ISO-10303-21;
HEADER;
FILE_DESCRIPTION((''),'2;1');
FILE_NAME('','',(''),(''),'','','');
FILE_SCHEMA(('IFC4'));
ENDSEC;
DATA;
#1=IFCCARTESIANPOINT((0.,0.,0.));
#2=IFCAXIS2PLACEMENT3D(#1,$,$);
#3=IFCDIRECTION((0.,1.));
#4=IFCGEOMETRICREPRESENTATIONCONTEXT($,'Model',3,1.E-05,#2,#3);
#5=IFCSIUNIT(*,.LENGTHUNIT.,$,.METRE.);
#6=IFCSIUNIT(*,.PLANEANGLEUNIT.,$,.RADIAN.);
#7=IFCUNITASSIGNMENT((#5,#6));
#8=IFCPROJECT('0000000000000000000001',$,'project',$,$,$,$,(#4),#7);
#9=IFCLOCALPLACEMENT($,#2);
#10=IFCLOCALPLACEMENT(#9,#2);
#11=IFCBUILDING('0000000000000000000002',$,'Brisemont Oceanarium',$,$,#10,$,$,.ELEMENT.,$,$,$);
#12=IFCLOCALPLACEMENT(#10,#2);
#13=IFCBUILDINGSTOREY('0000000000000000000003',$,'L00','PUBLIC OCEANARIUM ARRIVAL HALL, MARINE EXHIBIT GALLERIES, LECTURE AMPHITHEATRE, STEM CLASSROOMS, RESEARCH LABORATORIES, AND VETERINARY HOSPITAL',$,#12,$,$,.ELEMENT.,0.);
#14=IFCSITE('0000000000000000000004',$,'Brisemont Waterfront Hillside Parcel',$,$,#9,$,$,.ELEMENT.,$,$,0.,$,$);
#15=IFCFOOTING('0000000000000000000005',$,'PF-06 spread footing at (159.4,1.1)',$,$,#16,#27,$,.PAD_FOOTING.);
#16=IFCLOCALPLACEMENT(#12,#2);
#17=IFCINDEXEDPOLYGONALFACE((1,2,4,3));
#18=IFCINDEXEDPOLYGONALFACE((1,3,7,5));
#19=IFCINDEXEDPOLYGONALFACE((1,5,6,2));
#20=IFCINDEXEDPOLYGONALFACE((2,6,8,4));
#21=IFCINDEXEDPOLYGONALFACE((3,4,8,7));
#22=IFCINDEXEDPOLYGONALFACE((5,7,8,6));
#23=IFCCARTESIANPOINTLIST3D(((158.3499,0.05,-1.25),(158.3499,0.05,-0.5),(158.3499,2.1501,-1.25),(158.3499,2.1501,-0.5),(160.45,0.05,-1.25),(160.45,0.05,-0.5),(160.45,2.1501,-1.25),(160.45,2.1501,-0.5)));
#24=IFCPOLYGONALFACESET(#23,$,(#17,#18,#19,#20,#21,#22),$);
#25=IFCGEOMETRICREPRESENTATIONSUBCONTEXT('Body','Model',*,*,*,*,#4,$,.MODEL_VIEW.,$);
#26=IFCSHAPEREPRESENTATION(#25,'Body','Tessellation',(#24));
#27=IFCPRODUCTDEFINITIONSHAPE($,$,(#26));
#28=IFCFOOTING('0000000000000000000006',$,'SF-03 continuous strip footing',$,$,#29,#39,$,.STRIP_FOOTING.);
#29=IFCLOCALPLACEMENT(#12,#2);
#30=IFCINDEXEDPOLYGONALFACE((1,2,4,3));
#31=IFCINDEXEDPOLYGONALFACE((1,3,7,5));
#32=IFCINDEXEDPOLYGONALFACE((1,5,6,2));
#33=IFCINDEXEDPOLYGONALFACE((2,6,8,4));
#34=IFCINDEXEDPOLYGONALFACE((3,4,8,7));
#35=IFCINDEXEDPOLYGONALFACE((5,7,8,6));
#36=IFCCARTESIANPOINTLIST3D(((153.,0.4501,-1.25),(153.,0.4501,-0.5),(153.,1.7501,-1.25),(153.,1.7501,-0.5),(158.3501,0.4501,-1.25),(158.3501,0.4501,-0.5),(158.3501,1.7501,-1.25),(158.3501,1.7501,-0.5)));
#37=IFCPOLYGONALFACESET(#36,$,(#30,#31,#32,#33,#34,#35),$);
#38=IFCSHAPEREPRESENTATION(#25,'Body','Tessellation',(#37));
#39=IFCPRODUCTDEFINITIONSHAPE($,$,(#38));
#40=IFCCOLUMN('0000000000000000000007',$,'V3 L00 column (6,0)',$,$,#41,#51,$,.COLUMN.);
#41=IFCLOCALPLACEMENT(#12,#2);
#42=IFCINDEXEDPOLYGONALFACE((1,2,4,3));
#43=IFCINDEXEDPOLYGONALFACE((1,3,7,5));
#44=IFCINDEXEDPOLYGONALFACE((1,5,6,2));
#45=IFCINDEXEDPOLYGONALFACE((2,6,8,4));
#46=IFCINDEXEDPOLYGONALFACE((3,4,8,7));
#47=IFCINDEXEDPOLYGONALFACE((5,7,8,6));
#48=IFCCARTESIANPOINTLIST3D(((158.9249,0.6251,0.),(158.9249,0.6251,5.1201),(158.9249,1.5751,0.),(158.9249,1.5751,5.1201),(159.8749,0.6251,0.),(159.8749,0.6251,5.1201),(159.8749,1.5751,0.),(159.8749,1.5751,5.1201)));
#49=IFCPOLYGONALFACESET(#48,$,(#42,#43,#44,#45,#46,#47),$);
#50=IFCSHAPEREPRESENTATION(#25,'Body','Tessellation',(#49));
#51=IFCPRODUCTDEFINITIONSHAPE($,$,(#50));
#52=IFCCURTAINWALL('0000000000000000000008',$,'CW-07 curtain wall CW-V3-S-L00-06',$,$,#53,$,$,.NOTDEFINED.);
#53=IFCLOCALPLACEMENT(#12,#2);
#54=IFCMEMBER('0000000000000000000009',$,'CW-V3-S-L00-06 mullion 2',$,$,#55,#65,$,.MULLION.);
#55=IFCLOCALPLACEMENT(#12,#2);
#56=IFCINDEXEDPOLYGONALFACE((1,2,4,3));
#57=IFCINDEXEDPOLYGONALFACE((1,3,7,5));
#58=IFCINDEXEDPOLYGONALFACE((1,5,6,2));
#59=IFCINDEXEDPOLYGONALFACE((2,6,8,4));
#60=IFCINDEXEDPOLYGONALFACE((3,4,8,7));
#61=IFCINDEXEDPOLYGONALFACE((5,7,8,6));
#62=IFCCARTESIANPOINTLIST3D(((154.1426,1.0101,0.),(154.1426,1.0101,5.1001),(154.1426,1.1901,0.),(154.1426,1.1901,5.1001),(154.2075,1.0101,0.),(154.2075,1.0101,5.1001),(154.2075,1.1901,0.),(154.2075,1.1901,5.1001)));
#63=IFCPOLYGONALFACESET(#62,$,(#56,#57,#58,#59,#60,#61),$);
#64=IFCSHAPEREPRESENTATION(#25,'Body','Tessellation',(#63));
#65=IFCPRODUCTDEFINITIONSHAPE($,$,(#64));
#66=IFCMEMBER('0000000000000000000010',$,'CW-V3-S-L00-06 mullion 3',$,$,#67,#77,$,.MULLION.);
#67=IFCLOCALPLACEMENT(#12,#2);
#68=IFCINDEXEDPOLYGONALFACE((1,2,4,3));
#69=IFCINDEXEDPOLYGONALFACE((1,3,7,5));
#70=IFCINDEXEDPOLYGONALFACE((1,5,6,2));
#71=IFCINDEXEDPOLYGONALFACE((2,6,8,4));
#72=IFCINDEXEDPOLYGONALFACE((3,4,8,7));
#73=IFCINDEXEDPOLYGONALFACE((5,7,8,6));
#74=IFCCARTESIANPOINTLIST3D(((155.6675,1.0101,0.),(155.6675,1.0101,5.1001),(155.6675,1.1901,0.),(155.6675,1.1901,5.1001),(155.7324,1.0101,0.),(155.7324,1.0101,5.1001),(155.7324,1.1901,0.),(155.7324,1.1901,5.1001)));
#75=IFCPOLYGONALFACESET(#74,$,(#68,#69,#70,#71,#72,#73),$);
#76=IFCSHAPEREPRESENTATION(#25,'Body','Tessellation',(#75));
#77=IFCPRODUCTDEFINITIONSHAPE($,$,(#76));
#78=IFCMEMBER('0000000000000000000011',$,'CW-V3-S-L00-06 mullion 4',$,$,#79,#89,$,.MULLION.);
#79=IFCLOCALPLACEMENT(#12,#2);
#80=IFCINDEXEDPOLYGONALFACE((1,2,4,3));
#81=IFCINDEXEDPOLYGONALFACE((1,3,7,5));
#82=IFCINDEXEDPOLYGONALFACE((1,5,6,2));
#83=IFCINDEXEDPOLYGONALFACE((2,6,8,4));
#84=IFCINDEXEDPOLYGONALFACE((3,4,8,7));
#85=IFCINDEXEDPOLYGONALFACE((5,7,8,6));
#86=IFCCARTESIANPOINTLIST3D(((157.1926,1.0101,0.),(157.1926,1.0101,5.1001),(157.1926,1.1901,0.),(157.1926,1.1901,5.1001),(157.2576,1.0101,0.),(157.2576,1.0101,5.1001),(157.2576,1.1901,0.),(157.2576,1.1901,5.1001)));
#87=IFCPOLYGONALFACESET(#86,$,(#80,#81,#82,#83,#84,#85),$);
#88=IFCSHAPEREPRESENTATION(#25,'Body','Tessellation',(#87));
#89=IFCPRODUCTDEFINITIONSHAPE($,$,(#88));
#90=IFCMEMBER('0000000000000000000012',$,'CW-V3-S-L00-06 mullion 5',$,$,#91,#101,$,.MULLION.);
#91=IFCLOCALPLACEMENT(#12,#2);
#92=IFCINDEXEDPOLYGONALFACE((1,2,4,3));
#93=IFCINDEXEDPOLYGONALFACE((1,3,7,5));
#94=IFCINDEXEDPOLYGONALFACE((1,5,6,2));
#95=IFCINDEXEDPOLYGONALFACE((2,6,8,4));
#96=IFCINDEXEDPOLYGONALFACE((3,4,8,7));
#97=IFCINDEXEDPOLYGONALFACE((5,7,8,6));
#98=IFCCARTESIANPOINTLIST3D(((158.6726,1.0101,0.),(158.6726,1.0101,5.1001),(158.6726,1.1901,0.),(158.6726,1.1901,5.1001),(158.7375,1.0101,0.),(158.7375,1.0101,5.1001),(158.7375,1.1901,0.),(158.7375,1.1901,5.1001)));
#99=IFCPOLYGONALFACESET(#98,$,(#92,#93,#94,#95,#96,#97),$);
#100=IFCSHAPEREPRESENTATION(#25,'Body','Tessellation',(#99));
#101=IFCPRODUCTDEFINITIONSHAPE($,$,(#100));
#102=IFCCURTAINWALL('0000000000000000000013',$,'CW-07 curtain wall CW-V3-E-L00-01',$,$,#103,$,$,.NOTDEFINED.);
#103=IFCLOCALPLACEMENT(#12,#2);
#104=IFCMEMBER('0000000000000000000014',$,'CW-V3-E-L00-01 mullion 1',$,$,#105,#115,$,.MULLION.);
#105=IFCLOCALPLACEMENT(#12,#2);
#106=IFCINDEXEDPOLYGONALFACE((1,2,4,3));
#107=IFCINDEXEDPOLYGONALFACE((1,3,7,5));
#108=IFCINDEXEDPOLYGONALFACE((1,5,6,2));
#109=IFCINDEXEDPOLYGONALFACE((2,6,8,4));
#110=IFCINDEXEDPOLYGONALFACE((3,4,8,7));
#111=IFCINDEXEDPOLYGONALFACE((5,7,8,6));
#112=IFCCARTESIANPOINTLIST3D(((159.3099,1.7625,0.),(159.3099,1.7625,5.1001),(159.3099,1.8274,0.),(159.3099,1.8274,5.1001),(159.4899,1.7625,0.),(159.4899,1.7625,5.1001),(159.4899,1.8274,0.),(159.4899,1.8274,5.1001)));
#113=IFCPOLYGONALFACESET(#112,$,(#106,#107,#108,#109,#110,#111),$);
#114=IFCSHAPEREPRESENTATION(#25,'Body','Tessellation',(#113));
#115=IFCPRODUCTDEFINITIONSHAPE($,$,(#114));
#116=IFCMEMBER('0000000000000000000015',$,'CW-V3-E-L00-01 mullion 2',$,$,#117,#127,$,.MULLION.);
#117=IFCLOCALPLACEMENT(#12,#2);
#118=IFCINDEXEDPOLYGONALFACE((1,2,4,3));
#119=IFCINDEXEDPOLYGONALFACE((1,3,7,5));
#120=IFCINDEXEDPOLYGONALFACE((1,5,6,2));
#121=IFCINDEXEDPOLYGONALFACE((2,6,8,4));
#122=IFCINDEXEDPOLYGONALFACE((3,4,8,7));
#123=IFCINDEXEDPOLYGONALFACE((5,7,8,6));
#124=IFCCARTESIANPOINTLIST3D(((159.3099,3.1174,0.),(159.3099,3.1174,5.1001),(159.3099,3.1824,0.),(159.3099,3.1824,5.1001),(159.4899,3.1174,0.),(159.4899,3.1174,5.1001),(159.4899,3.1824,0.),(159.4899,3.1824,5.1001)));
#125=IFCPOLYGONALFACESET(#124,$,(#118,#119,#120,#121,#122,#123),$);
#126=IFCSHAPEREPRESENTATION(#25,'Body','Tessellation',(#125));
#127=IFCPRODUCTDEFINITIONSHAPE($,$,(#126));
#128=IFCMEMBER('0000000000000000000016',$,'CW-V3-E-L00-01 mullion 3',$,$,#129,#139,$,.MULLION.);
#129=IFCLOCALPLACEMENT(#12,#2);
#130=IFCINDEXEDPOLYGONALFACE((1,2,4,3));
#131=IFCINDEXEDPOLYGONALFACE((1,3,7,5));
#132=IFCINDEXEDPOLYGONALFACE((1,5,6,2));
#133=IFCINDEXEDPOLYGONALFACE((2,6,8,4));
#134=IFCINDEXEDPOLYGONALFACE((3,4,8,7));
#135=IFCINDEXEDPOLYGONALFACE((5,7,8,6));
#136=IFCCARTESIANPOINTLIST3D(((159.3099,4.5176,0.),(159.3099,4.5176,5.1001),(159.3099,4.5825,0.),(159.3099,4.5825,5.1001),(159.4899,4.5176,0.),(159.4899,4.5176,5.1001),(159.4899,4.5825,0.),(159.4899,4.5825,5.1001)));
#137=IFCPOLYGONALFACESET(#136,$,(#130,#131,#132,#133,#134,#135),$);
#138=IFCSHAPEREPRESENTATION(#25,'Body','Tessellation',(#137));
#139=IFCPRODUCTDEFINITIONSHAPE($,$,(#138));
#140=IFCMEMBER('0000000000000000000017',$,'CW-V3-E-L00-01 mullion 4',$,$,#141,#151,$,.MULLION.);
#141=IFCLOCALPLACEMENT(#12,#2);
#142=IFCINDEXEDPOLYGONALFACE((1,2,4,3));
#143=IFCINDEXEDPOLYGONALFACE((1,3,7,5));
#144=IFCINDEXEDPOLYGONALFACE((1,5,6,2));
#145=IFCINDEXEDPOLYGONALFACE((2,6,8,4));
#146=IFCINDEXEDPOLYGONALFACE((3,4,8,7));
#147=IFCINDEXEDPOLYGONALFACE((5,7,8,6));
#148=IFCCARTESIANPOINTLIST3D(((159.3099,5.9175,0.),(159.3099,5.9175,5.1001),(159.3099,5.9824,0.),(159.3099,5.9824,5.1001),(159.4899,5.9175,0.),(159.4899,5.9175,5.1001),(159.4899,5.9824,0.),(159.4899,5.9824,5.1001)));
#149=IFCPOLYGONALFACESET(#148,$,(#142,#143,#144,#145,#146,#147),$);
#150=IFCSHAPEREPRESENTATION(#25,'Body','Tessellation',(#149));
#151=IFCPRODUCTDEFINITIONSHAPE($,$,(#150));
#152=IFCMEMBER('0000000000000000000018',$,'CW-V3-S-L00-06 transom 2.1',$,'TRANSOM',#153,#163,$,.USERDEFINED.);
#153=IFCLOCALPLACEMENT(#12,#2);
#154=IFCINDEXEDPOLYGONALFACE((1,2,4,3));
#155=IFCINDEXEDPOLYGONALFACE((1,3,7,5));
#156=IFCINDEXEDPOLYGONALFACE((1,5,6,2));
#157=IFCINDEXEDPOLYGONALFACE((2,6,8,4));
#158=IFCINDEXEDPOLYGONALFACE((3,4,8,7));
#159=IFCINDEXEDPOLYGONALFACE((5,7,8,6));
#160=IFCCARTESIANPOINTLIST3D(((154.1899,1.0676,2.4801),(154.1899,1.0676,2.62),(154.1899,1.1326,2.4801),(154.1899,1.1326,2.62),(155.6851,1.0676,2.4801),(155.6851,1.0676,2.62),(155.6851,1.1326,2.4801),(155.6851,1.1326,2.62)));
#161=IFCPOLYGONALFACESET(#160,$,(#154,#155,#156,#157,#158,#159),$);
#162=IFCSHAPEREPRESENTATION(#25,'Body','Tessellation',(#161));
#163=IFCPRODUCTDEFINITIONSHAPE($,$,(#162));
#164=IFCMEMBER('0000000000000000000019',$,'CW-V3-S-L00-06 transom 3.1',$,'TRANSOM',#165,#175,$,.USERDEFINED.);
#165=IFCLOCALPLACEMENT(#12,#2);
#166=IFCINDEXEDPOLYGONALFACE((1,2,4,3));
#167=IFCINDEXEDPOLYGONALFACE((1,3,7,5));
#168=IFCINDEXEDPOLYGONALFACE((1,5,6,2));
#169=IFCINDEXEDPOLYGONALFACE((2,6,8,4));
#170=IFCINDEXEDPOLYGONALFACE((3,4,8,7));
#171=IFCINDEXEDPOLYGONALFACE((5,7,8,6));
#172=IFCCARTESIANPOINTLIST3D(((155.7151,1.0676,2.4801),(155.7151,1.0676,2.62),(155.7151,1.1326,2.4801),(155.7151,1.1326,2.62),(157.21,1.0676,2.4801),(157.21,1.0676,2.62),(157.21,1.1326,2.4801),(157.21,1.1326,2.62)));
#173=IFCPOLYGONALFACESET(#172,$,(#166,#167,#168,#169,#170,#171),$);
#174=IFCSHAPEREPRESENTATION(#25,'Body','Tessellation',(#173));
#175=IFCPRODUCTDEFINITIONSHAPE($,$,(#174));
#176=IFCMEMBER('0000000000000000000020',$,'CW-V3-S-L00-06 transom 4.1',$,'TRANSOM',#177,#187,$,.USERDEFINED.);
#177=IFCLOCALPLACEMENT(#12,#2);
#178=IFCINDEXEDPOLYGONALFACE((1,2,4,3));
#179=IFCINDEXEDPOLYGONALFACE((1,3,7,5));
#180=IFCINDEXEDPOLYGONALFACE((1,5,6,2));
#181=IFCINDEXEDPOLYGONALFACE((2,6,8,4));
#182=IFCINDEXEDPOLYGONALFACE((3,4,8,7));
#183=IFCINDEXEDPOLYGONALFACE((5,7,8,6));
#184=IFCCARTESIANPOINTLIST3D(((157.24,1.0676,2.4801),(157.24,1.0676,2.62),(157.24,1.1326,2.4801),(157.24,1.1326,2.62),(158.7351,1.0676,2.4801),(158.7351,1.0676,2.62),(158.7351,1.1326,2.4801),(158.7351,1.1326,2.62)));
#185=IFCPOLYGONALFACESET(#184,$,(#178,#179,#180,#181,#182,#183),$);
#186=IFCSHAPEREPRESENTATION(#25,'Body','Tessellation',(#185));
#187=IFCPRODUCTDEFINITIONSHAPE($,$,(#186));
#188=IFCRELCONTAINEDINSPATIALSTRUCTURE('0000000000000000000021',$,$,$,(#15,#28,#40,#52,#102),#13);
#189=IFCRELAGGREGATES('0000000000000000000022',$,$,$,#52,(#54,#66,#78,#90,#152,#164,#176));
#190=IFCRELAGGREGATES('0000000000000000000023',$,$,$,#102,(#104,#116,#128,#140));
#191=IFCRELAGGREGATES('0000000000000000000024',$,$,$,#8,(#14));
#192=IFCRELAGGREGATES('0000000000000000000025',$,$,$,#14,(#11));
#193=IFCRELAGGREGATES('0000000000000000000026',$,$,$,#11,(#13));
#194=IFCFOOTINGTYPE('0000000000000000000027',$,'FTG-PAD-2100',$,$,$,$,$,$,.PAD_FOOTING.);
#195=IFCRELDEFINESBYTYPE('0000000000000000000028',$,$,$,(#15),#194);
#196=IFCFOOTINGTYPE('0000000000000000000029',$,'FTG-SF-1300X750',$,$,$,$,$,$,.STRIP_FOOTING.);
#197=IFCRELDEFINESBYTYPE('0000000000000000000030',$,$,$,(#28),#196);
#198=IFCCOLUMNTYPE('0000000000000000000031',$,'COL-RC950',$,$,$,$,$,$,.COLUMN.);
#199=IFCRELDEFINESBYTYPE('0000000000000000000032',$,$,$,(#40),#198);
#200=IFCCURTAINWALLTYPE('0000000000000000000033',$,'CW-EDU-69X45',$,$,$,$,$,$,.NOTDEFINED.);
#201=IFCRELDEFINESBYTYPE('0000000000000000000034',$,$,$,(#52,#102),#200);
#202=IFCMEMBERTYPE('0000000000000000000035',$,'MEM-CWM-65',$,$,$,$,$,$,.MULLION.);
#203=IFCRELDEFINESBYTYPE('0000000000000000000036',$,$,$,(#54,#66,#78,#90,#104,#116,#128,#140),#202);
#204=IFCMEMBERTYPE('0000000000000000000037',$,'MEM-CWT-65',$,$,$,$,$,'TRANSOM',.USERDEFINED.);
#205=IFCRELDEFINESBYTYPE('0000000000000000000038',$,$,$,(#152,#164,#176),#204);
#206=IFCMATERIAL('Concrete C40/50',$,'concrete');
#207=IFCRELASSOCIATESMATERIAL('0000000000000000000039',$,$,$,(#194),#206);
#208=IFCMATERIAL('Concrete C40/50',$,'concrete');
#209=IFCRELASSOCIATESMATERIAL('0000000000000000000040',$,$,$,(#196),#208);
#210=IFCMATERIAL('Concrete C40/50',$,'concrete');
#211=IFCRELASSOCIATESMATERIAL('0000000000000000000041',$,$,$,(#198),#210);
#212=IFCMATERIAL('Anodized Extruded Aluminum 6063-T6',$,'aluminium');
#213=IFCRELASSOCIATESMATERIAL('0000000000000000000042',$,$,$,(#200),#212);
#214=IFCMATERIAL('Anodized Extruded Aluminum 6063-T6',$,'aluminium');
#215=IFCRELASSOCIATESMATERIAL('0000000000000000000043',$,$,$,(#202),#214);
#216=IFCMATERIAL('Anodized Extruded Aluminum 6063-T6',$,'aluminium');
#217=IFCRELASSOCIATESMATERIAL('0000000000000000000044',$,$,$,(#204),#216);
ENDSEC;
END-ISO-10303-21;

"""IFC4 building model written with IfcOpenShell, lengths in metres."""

from ifc_helpers import new_model, si_unit, direction, frame, origin, origin_2d, place, context, subcontext, project, spatial, rectangle, extrude, material, material_profile, profile_set, type_object, element, aggregate, save


model = new_model("IFC4")

# Units and contexts
model_context = context("Model", 3, precision=1e-05, world=origin(), true_north=direction((0.0, 1.0)))
body_context = subcontext(model_context, "Body", "Model", "MODEL_VIEW")
ifc_project = project(units=[si_unit("LENGTHUNIT", "METRE"), si_unit("PLANEANGLEUNIT", "RADIAN")], contexts=[model_context])

# Site, building, storey
site_placement = place(None, origin())
site = spatial("IfcSite", under=ifc_project, at=site_placement, Name="Brisemont Waterfront Hillside Parcel", CompositionType="ELEMENT", RefElevation=0.0)
building_placement = place(site_placement, origin())
building = spatial("IfcBuilding", under=site, at=building_placement, Name="Brisemont Oceanarium", CompositionType="ELEMENT")
storey_placement = place(building_placement, origin())
storey = spatial("IfcBuildingStorey", under=building, at=storey_placement, Name="L00", Description="PUBLIC OCEANARIUM ARRIVAL HALL, MARINE EXHIBIT GALLERIES, LECTURE AMPHITHEATRE, STEM CLASSROOMS, RESEARCH LABORATORIES, AND VETERINARY HOSPITAL", CompositionType="ELEMENT", Elevation=0.0)

# Footings
ifc_material_1 = material(Name="Concrete C40/50", Category="concrete")
footing_type_1 = type_object("IfcFootingType", Name="FTG-PAD-2100", PredefinedType="PAD_FOOTING", material=ifc_material_1)
footing_1_placement = place(storey_placement, frame((159.3999, 1.1001, -1.25), z_axis=(0.0, 0.0, 1.0), x_axis=(1.0, 0.0, 0.0)))
element("IfcFooting", 1, at=footing_1_placement, inside=storey, type_object=footing_type_1, Name="PF-06 spread footing at (159.4,1.1)", PredefinedType="PAD_FOOTING", context=body_context, shape_type="SweptSolid", body=[
    extrude(rectangle(XDim=2.1001, YDim=2.1001, at=origin_2d()), origin(), (0.0, 0.0, 1.0), 0.75),
])
ifc_material_2 = material(Name="Concrete C40/50", Category="concrete")
footing_type_2 = type_object("IfcFootingType", Name="FTG-SF-1300X750", PredefinedType="STRIP_FOOTING", material=ifc_material_2)
footing_2_placement = place(storey_placement, frame((155.675, 1.1001, -1.25), z_axis=(0.0, 0.0, 1.0), x_axis=(1.0, 0.0, 0.0)))
element("IfcFooting", 2, at=footing_2_placement, inside=storey, type_object=footing_type_2, Name="SF-03 continuous strip footing", PredefinedType="STRIP_FOOTING", context=body_context, shape_type="SweptSolid", body=[
    extrude(rectangle(XDim=5.3501, YDim=1.3, at=origin_2d()), origin(), (0.0, 0.0, 1.0), 0.75),
])

# Column
ifc_material_3 = material(Name="Concrete C40/50", Category="concrete")
ifc_material_profile_1 = material_profile(ifc_material_3, rectangle(XDim=0.95, YDim=0.95, at=origin_2d()), Name="RC-COL-950X950")
ifc_profile_set_1 = profile_set([ifc_material_profile_1], Name="Concrete C40/50")
column_type = type_object("IfcColumnType", Name="COL-RC950", PredefinedType="COLUMN", material=ifc_profile_set_1)
column_placement = place(storey_placement, frame((159.3999, 1.1001, 0.0), z_axis=(0.0, 0.0, 1.0), x_axis=(1.0, 0.0, 0.0)))
element("IfcColumn", 3, at=column_placement, inside=storey, type_object=column_type, Name="V3 L00 column (6,0)", PredefinedType="COLUMN", context=body_context, shape_type="SweptSolid", body=[
    extrude(rectangle(XDim=0.95, YDim=0.95, at=origin_2d()), origin(), (0.0, 0.0, 1.0), 5.1201),
])

# Curtain walls, members
ifc_material_4 = material(Name="Anodized Extruded Aluminum 6063-T6", Category="aluminium")
curtain_wall_type = type_object("IfcCurtainWallType", Name="CW-EDU-69X45", PredefinedType="NOTDEFINED", material=ifc_material_4)
curtain_wall_1_placement = place(storey_placement, origin())
curtain_wall_1 = element("IfcCurtainWall", 4, at=curtain_wall_1_placement, inside=storey, type_object=curtain_wall_type, Name="CW-07 curtain wall CW-V3-S-L00-06", PredefinedType="NOTDEFINED")
ifc_material_5 = material(Name="Anodized Extruded Aluminum 6063-T6", Category="aluminium")
ifc_material_profile_2 = material_profile(ifc_material_5, rectangle(XDim=0.0649, YDim=0.1799, at=origin_2d()), Name="CWM-65X180")
ifc_profile_set_2 = profile_set([ifc_material_profile_2], Name="Anodized Extruded Aluminum 6063-T6")
member_type_1 = type_object("IfcMemberType", Name="MEM-CWM-65", PredefinedType="MULLION", material=ifc_profile_set_2)
member_1_placement = place(storey_placement, frame((154.175, 1.1001, 0.0), z_axis=(0.0, 0.0, 1.0), x_axis=(1.0, 0.0, 0.0)))
member_1 = element("IfcMember", 5, at=member_1_placement, type_object=member_type_1, Name="CW-V3-S-L00-06 mullion 2", PredefinedType="MULLION", context=body_context, shape_type="SweptSolid", body=[
    extrude(rectangle(XDim=0.0649, YDim=0.1799, at=origin_2d()), origin(), (0.0, 0.0, 1.0), 5.1001),
])
member_2_placement = place(storey_placement, frame((155.7, 1.1001, 0.0), z_axis=(0.0, 0.0, 1.0), x_axis=(1.0, 0.0, 0.0)))
member_2 = element("IfcMember", 6, at=member_2_placement, type_object=member_type_1, Name="CW-V3-S-L00-06 mullion 3", PredefinedType="MULLION", context=body_context, shape_type="SweptSolid", body=[
    extrude(rectangle(XDim=0.0649, YDim=0.1799, at=origin_2d()), origin(), (0.0, 0.0, 1.0), 5.1001),
])
member_3_placement = place(storey_placement, frame((157.2251, 1.1001, 0.0), z_axis=(0.0, 0.0, 1.0), x_axis=(1.0, 0.0, 0.0)))
member_3 = element("IfcMember", 7, at=member_3_placement, type_object=member_type_1, Name="CW-V3-S-L00-06 mullion 4", PredefinedType="MULLION", context=body_context, shape_type="SweptSolid", body=[
    extrude(rectangle(XDim=0.0649, YDim=0.1799, at=origin_2d()), origin(), (0.0, 0.0, 1.0), 5.1001),
])
member_4_placement = place(storey_placement, frame((158.7051, 1.1001, 0.0), z_axis=(0.0, 0.0, 1.0), x_axis=(1.0, 0.0, 0.0)))
member_4 = element("IfcMember", 8, at=member_4_placement, type_object=member_type_1, Name="CW-V3-S-L00-06 mullion 5", PredefinedType="MULLION", context=body_context, shape_type="SweptSolid", body=[
    extrude(rectangle(XDim=0.0649, YDim=0.1799, at=origin_2d()), origin(), (0.0, 0.0, 1.0), 5.1001),
])
curtain_wall_2_placement = place(storey_placement, origin())
curtain_wall_2 = element("IfcCurtainWall", 9, at=curtain_wall_2_placement, inside=storey, type_object=curtain_wall_type, Name="CW-07 curtain wall CW-V3-E-L00-01", PredefinedType="NOTDEFINED")
member_5_placement = place(storey_placement, frame((159.3999, 1.7949, 0.0), z_axis=(0.0, 0.0, 1.0), x_axis=(0.0, 1.0, 0.0)))
member_5 = element("IfcMember", 10, at=member_5_placement, type_object=member_type_1, Name="CW-V3-E-L00-01 mullion 1", PredefinedType="MULLION", context=body_context, shape_type="SweptSolid", body=[
    extrude(rectangle(XDim=0.0649, YDim=0.1799, at=origin_2d()), origin(), (0.0, 0.0, 1.0), 5.1001),
])
member_6_placement = place(storey_placement, frame((159.3999, 3.1499, 0.0), z_axis=(0.0, 0.0, 1.0), x_axis=(0.0, 1.0, 0.0)))
member_6 = element("IfcMember", 11, at=member_6_placement, type_object=member_type_1, Name="CW-V3-E-L00-01 mullion 2", PredefinedType="MULLION", context=body_context, shape_type="SweptSolid", body=[
    extrude(rectangle(XDim=0.0649, YDim=0.1799, at=origin_2d()), origin(), (0.0, 0.0, 1.0), 5.1001),
])
member_7_placement = place(storey_placement, frame((159.3999, 4.55, 0.0), z_axis=(0.0, 0.0, 1.0), x_axis=(0.0, 1.0, 0.0)))
member_7 = element("IfcMember", 12, at=member_7_placement, type_object=member_type_1, Name="CW-V3-E-L00-01 mullion 3", PredefinedType="MULLION", context=body_context, shape_type="SweptSolid", body=[
    extrude(rectangle(XDim=0.0649, YDim=0.1799, at=origin_2d()), origin(), (0.0, 0.0, 1.0), 5.1001),
])
member_8_placement = place(storey_placement, frame((159.3999, 5.95, 0.0), z_axis=(0.0, 0.0, 1.0), x_axis=(0.0, 1.0, 0.0)))
member_8 = element("IfcMember", 13, at=member_8_placement, type_object=member_type_1, Name="CW-V3-E-L00-01 mullion 4", PredefinedType="MULLION", context=body_context, shape_type="SweptSolid", body=[
    extrude(rectangle(XDim=0.0649, YDim=0.1799, at=origin_2d()), origin(), (0.0, 0.0, 1.0), 5.1001),
])

# Members
ifc_material_6 = material(Name="Anodized Extruded Aluminum 6063-T6", Category="aluminium")
ifc_material_profile_3 = material_profile(ifc_material_6, rectangle(XDim=0.0649, YDim=0.1399, at=origin_2d()), Name="CWT-65X140")
ifc_profile_set_3 = profile_set([ifc_material_profile_3], Name="Anodized Extruded Aluminum 6063-T6")
member_type_2 = type_object("IfcMemberType", Name="MEM-CWT-65", ElementType="TRANSOM", PredefinedType="USERDEFINED", material=ifc_profile_set_3)
member_9_placement = place(storey_placement, frame((154.1899, 1.1001, 2.55), z_axis=(1.0, 0.0, 0.0), x_axis=(0.0, 1.0, 0.0)))
member_9 = element("IfcMember", 14, at=member_9_placement, type_object=member_type_2, Name="CW-V3-S-L00-06 transom 2.1", ObjectType="TRANSOM", PredefinedType="USERDEFINED", context=body_context, shape_type="SweptSolid", body=[
    extrude(rectangle(XDim=0.0649, YDim=0.1399, at=origin_2d()), origin(), (0.0, 0.0, 1.0), 1.4951),
])
member_10_placement = place(storey_placement, frame((155.7151, 1.1001, 2.55), z_axis=(1.0, 0.0, 0.0), x_axis=(0.0, 1.0, 0.0)))
member_10 = element("IfcMember", 15, at=member_10_placement, type_object=member_type_2, Name="CW-V3-S-L00-06 transom 3.1", ObjectType="TRANSOM", PredefinedType="USERDEFINED", context=body_context, shape_type="SweptSolid", body=[
    extrude(rectangle(XDim=0.0649, YDim=0.1399, at=origin_2d()), origin(), (0.0, 0.0, 1.0), 1.4949),
])
member_11_placement = place(storey_placement, frame((157.24, 1.1001, 2.55), z_axis=(1.0, 0.0, 0.0), x_axis=(0.0, 1.0, 0.0)))
member_11 = element("IfcMember", 16, at=member_11_placement, type_object=member_type_2, Name="CW-V3-S-L00-06 transom 4.1", ObjectType="TRANSOM", PredefinedType="USERDEFINED", context=body_context, shape_type="SweptSolid", body=[
    extrude(rectangle(XDim=0.0649, YDim=0.1399, at=origin_2d()), origin(), (0.0, 0.0, 1.0), 1.4951),
])

aggregate(curtain_wall_1, [member_1, member_2, member_3, member_4, member_9, member_10, member_11])
aggregate(curtain_wall_2, [member_5, member_6, member_7, member_8])

save(model, "model.ifc")
